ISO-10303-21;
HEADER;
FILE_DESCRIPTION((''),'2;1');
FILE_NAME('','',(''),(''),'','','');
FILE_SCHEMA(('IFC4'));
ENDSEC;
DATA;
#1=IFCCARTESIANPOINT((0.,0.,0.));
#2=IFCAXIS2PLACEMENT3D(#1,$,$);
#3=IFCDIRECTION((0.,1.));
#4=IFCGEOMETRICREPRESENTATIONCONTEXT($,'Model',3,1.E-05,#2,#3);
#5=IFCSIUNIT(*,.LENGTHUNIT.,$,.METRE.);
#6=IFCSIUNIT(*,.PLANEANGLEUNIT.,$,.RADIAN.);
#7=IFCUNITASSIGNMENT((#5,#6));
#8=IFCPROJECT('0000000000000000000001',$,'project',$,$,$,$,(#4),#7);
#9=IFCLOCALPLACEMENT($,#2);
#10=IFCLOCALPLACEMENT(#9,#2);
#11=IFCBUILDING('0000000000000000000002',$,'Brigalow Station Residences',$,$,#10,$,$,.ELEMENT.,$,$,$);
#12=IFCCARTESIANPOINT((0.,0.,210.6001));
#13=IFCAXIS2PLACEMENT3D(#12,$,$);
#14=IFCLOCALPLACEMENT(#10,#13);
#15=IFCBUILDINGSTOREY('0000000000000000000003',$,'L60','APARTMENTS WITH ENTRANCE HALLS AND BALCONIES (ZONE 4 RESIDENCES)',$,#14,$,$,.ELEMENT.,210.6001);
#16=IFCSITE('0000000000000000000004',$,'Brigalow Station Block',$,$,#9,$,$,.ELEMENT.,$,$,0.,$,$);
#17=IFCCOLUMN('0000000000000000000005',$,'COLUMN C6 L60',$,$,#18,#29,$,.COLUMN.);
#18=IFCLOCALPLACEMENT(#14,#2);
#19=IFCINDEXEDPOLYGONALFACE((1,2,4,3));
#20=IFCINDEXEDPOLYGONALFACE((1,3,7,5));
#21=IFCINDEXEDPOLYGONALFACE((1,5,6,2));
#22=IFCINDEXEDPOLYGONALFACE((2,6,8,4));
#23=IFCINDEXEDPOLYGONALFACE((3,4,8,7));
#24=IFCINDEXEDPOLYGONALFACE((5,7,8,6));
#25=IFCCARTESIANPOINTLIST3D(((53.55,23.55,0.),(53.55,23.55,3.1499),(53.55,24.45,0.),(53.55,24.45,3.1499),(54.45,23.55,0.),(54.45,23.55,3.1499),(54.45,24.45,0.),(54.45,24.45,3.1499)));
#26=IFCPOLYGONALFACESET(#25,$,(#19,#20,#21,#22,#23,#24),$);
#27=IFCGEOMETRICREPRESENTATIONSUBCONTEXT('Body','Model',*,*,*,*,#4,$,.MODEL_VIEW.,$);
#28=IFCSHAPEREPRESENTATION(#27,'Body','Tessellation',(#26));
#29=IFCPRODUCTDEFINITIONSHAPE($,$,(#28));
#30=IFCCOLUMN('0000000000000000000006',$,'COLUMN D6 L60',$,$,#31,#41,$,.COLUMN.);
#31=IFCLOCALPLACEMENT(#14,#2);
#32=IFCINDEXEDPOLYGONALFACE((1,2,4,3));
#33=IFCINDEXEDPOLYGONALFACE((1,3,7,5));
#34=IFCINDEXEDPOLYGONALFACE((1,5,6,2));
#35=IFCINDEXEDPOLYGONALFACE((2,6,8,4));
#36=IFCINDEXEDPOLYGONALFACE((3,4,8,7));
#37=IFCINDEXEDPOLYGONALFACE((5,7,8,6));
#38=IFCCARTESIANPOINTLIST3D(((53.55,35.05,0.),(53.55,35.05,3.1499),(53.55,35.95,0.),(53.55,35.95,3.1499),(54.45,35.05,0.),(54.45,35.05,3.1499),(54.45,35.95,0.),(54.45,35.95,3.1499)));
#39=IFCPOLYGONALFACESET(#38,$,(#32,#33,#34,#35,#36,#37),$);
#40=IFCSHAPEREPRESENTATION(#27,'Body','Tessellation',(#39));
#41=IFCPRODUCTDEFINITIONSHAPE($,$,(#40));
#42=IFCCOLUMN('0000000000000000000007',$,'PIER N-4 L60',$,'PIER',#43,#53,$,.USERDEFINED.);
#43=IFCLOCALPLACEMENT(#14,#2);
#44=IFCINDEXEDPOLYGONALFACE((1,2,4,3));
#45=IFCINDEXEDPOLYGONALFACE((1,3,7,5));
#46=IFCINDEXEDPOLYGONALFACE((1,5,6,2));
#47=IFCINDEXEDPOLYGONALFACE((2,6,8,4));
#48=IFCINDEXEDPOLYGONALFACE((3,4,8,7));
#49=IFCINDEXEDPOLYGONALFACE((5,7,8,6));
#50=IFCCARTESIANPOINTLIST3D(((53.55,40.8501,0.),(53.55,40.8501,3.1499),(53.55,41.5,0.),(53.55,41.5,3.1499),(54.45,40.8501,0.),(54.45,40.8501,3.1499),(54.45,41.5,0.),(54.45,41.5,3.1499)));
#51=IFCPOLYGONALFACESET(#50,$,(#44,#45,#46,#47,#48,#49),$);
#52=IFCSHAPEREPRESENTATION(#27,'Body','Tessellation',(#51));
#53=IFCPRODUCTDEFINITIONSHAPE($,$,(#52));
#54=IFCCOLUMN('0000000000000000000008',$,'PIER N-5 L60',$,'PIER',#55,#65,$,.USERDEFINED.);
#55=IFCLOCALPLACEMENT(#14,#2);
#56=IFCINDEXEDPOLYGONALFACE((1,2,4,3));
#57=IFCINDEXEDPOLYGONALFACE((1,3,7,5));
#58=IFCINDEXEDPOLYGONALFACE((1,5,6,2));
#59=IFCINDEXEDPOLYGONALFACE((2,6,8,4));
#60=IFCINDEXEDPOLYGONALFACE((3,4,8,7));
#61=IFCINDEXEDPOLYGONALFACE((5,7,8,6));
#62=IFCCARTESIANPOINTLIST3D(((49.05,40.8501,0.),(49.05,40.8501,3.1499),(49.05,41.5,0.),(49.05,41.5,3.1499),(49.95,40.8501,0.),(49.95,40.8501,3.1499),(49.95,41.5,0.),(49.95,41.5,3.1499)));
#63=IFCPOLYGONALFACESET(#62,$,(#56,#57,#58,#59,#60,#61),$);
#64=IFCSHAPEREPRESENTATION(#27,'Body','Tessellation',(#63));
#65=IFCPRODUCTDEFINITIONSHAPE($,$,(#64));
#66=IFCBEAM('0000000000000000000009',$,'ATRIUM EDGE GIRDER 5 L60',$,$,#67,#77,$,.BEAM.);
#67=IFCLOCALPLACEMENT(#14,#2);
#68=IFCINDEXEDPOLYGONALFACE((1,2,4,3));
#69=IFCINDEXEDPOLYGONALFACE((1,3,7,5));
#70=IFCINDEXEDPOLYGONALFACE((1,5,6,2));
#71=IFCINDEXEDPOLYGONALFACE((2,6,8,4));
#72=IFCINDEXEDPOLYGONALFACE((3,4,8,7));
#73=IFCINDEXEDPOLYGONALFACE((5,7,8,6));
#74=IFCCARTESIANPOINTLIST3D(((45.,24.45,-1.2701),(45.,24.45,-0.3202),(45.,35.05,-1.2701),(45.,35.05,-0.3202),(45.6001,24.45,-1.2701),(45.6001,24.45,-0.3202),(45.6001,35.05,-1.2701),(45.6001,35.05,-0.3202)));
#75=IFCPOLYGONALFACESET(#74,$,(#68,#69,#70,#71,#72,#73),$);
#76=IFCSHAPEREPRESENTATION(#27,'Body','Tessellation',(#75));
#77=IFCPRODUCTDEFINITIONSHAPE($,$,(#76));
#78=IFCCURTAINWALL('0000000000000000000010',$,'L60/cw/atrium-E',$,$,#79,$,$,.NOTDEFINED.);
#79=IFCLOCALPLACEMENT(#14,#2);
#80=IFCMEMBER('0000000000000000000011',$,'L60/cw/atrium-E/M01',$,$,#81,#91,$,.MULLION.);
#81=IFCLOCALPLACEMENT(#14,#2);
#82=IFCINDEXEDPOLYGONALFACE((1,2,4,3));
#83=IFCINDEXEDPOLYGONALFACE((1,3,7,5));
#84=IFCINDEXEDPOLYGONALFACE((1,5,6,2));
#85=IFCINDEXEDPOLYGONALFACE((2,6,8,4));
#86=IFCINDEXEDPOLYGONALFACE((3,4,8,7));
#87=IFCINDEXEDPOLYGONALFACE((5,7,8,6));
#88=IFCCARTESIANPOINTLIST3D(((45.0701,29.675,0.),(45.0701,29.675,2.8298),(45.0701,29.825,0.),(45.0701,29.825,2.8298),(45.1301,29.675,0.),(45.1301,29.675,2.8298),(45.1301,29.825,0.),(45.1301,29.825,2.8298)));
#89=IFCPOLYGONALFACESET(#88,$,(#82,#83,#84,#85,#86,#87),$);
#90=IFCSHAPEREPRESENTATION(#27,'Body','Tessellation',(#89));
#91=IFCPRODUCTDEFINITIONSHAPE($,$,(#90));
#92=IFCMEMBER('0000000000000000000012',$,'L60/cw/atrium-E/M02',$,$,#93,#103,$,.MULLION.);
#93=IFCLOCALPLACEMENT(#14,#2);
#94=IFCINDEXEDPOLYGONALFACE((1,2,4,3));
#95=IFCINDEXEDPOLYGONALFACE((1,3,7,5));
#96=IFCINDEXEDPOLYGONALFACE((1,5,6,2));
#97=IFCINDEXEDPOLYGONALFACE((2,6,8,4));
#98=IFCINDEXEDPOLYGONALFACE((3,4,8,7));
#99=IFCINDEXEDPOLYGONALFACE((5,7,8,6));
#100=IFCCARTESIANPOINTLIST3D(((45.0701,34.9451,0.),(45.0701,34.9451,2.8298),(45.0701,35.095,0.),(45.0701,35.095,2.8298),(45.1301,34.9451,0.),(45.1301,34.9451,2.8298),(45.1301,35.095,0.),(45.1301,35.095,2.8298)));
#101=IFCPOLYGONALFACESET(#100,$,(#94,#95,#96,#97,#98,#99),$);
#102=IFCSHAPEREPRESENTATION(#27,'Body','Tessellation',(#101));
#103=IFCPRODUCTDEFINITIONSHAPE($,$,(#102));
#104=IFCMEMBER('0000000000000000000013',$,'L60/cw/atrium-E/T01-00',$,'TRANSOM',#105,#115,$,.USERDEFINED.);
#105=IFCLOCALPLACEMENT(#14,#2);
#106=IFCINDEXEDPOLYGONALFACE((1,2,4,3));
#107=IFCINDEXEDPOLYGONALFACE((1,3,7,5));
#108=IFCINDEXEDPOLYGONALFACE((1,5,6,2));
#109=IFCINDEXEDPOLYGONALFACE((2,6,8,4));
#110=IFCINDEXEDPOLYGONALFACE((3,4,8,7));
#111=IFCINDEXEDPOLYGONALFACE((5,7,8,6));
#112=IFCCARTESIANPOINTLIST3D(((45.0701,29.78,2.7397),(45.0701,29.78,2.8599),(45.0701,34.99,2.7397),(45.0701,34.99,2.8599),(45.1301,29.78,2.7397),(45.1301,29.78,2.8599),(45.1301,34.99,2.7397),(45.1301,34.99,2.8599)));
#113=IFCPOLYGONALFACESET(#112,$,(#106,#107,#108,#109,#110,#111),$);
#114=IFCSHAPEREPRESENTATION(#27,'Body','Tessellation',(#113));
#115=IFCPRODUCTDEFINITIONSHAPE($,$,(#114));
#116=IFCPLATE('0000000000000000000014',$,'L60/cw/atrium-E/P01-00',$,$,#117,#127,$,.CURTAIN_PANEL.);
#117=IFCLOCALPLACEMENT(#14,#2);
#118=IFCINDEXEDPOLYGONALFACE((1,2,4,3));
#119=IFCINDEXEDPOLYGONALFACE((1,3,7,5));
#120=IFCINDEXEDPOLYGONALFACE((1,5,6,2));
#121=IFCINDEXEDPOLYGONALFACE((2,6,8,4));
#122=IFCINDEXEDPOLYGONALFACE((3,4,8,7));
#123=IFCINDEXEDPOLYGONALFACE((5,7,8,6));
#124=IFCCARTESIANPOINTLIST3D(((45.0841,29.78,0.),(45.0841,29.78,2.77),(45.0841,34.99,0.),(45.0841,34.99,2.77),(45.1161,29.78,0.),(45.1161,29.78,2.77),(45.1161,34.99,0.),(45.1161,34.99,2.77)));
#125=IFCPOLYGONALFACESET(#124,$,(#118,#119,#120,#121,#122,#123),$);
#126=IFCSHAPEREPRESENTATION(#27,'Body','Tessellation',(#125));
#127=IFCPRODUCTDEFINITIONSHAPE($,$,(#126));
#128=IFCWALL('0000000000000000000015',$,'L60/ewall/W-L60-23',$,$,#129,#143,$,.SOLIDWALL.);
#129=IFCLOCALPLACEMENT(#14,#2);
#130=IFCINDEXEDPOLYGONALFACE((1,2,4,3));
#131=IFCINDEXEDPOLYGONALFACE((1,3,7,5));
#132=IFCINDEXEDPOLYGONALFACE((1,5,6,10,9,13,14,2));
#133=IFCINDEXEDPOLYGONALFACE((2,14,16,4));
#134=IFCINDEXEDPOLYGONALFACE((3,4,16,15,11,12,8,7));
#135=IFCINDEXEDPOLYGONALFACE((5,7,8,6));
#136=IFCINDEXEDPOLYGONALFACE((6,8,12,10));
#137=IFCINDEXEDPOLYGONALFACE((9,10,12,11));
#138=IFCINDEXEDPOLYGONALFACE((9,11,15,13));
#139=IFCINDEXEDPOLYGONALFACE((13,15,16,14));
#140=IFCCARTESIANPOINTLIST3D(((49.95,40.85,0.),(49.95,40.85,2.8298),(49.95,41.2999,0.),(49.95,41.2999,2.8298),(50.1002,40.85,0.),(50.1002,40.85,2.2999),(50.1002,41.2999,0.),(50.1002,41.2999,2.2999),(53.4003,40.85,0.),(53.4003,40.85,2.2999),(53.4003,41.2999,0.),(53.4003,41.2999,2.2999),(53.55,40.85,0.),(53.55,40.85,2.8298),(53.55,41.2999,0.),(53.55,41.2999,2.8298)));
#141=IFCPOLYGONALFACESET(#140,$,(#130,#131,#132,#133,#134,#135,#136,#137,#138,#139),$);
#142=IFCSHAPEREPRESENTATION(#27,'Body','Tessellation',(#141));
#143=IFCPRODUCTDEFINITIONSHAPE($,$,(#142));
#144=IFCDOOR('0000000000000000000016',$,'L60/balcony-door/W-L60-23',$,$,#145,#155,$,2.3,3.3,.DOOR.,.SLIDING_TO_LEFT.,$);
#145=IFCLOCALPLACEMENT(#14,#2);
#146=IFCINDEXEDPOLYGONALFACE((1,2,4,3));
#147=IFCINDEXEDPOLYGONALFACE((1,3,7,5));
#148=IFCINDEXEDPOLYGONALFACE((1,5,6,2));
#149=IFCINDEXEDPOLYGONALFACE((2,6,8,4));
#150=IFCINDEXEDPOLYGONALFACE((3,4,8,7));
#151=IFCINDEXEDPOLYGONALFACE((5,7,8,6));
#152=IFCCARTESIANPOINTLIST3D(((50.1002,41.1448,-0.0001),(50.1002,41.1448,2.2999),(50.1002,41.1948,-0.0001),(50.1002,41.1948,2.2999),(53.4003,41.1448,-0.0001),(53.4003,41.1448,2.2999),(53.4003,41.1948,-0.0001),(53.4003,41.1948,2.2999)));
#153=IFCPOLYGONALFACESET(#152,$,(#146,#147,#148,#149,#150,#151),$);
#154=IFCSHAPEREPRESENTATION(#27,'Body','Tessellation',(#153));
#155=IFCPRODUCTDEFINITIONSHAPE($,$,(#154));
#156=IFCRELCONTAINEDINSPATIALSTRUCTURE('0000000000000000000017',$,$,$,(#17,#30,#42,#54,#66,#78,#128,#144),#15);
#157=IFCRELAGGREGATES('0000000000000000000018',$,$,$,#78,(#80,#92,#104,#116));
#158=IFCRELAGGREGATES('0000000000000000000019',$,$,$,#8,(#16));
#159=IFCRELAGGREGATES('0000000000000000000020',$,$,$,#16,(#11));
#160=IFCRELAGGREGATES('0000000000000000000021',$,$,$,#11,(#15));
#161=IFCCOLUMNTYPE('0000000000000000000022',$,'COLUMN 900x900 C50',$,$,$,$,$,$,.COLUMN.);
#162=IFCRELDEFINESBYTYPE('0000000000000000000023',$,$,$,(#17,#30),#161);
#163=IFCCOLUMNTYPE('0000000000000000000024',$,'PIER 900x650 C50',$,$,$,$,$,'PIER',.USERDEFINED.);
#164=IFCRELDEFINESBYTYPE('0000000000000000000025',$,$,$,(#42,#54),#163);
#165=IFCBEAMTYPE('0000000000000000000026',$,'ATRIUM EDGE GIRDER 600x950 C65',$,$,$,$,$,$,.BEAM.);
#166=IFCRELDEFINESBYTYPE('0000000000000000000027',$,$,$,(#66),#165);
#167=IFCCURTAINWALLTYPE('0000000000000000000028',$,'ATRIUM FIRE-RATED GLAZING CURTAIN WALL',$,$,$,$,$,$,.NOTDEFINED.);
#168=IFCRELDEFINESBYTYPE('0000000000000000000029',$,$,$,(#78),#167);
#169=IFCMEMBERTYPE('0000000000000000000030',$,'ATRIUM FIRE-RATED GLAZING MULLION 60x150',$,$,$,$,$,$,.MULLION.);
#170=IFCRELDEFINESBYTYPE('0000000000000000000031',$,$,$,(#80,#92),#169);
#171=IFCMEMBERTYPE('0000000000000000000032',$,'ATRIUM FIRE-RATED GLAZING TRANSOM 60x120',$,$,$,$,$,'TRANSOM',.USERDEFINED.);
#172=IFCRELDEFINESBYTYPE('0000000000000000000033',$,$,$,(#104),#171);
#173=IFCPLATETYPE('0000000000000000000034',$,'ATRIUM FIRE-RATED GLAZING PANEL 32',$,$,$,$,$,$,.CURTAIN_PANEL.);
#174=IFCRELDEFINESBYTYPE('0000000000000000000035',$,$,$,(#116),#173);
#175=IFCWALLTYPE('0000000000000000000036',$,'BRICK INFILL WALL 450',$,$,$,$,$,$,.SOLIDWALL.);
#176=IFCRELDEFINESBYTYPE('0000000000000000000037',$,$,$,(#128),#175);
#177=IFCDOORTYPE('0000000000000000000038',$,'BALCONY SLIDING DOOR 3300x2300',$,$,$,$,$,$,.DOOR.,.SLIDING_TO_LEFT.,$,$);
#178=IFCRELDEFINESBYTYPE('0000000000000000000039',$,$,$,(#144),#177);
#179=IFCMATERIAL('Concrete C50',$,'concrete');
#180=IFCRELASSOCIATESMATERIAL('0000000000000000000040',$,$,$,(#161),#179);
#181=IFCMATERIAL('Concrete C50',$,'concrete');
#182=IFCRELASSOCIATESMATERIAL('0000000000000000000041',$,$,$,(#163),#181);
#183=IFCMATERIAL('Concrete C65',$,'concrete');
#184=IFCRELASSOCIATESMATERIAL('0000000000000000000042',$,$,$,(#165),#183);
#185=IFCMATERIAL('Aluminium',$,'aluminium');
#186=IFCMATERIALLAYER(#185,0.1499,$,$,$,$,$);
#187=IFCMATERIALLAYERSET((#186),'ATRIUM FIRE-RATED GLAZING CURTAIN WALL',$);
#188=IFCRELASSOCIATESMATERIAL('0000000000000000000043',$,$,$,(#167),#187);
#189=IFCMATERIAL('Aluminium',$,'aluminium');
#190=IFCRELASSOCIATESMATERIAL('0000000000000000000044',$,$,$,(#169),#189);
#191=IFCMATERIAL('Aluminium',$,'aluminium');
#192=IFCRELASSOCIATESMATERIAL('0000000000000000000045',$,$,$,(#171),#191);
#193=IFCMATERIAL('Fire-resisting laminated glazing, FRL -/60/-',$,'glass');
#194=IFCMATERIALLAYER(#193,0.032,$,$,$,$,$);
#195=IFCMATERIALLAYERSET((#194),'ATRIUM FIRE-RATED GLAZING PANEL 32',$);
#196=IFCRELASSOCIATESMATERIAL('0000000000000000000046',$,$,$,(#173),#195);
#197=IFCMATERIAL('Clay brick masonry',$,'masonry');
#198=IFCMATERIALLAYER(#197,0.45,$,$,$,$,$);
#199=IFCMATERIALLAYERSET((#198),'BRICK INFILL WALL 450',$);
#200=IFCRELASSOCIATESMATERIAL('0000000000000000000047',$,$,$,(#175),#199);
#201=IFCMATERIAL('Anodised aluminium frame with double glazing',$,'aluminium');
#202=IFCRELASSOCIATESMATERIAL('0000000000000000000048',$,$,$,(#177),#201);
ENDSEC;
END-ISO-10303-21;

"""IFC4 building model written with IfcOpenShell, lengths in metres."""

from ifc_helpers import new_model, si_unit, direction, frame, frame_2d, origin, origin_2d, place, context, subcontext, project, spatial, rectangle, extrude, material, layer, layer_set, material_profile, profile_set, type_object, element, fill, aggregate, save


model = new_model("IFC4")

# Units and contexts
model_context = context("Model", 3, precision=1e-05, world=origin(), true_north=direction((0.0, 1.0)))
body_context = subcontext(model_context, "Body", "Model", "MODEL_VIEW")
ifc_project = project(units=[si_unit("LENGTHUNIT", "METRE"), si_unit("PLANEANGLEUNIT", "RADIAN")], contexts=[model_context])

# Site, building, storey
site_placement = place(None, origin())
site = spatial("IfcSite", under=ifc_project, at=site_placement, Name="Brigalow Station Block", CompositionType="ELEMENT", RefElevation=0.0)
building_placement = place(site_placement, origin())
building = spatial("IfcBuilding", under=site, at=building_placement, Name="Brigalow Station Residences", CompositionType="ELEMENT")
storey_placement = place(building_placement, frame((0.0, 0.0, 210.6001)))
storey = spatial("IfcBuildingStorey", under=building, at=storey_placement, Name="L60", Description="APARTMENTS WITH ENTRANCE HALLS AND BALCONIES (ZONE 4 RESIDENCES)", CompositionType="ELEMENT", Elevation=210.6001)

# Columns
ifc_material_1 = material(Name="Concrete C50", Category="concrete")
ifc_material_profile_1 = material_profile(ifc_material_1, rectangle(XDim=0.8999, YDim=0.8999, at=origin_2d()), Name="RC900x900")
ifc_profile_set_1 = profile_set([ifc_material_profile_1], Name="Concrete C50")
column_type_1 = type_object("IfcColumnType", Name="COLUMN 900x900 C50", PredefinedType="COLUMN", material=ifc_profile_set_1)
for number, where, z_axis, x_axis, name in (
    (1, (54.0, 24.0, 0.0), (0.0, 0.0, 1.0), (1.0, 0.0, 0.0), "COLUMN C6 L60"),
    (2, (54.0, 35.5, 0.0), (0.0, 0.0, 1.0), (1.0, 0.0, 0.0), "COLUMN D6 L60"),
):
    element("IfcColumn", number, at=place(storey_placement, frame(where, z_axis=z_axis, x_axis=x_axis)), inside=storey, type_object=column_type_1, Name=name, PredefinedType="COLUMN", context=body_context, shape_type="SweptSolid", body=[
        extrude(rectangle(XDim=0.8999, YDim=0.8999, at=origin_2d()), origin(), (0.0, 0.0, 1.0), 3.1499),
    ])
ifc_material_2 = material(Name="Concrete C50", Category="concrete")
ifc_material_profile_2 = material_profile(ifc_material_2, rectangle(XDim=0.8999, YDim=0.6499, at=origin_2d()), Name="RC900x650")
ifc_profile_set_2 = profile_set([ifc_material_profile_2], Name="Concrete C50")
column_type_2 = type_object("IfcColumnType", Name="PIER 900x650 C50", ElementType="PIER", PredefinedType="USERDEFINED", material=ifc_profile_set_2)
for number, where, z_axis, x_axis, name in (
    (3, (54.0, 41.175, 0.0), (0.0, 0.0, 1.0), (-1.0, 0.0, 0.0), "PIER N-4 L60"),
    (4, (49.5, 41.175, 0.0), (0.0, 0.0, 1.0), (-1.0, 0.0, 0.0), "PIER N-5 L60"),
):
    element("IfcColumn", number, at=place(storey_placement, frame(where, z_axis=z_axis, x_axis=x_axis)), inside=storey, type_object=column_type_2, Name=name, ObjectType="PIER", PredefinedType="USERDEFINED", context=body_context, shape_type="SweptSolid", body=[
        extrude(rectangle(XDim=0.8999, YDim=0.6499, at=origin_2d()), origin(), (0.0, 0.0, 1.0), 3.1499),
    ])

# Beam
ifc_material_3 = material(Name="Concrete C65", Category="concrete")
ifc_material_profile_3 = material_profile(ifc_material_3, rectangle(XDim=0.6001, YDim=0.95, at=origin_2d()), Name="RC600x950")
ifc_profile_set_3 = profile_set([ifc_material_profile_3], Name="Concrete C65")
beam_type = type_object("IfcBeamType", Name="ATRIUM EDGE GIRDER 600x950 C65", PredefinedType="BEAM", material=ifc_profile_set_3)
beam_placement = place(storey_placement, frame((45.3, 24.45, -0.7952), z_axis=(0.0, 1.0, 0.0), x_axis=(-1.0, 0.0, 0.0)))
element("IfcBeam", 5, at=beam_placement, inside=storey, type_object=beam_type, Name="ATRIUM EDGE GIRDER 5 L60", PredefinedType="BEAM", context=body_context, shape_type="SweptSolid", body=[
    extrude(rectangle(XDim=0.6001, YDim=0.95, at=origin_2d()), origin(), (0.0, 0.0, 1.0), 10.6001),
])

# Curtain wall, members, plate
ifc_material_4 = material(Name="Aluminium", Category="aluminium")
ifc_layer_1 = layer(ifc_material_4, 0.1499)
ifc_layer_set_1 = layer_set([ifc_layer_1], Name="ATRIUM FIRE-RATED GLAZING CURTAIN WALL")
curtain_wall_type = type_object("IfcCurtainWallType", Name="ATRIUM FIRE-RATED GLAZING CURTAIN WALL", PredefinedType="NOTDEFINED", material=ifc_layer_set_1)
curtain_wall_placement = place(storey_placement, origin())
curtain_wall = element("IfcCurtainWall", 6, at=curtain_wall_placement, inside=storey, type_object=curtain_wall_type, Name="L60/cw/atrium-E", PredefinedType="NOTDEFINED")
ifc_material_5 = material(Name="Aluminium", Category="aluminium")
ifc_material_profile_4 = material_profile(ifc_material_5, rectangle(XDim=0.0601, YDim=0.1499, at=origin_2d()), Name="ATRIUM FIRE-RATED GLAZING MULLION 60x150")
ifc_profile_set_4 = profile_set([ifc_material_profile_4], Name="Aluminium")
member_type_1 = type_object("IfcMemberType", Name="ATRIUM FIRE-RATED GLAZING MULLION 60x150", PredefinedType="MULLION", material=ifc_profile_set_4)
member_1_placement = place(storey_placement, frame((45.1001, 29.75, 0.0), z_axis=(0.0, 0.0, 1.0), x_axis=(-1.0, 0.0, 0.0)))
member_1 = element("IfcMember", 7, at=member_1_placement, type_object=member_type_1, Name="L60/cw/atrium-E/M01", PredefinedType="MULLION", context=body_context, shape_type="SweptSolid", body=[
    extrude(rectangle(XDim=0.0601, YDim=0.1499, at=origin_2d()), origin(), (0.0, 0.0, 1.0), 2.8298),
])
member_2_placement = place(storey_placement, frame((45.1001, 35.02, 0.0), z_axis=(0.0, 0.0, 1.0), x_axis=(-1.0, 0.0, 0.0)))
member_2 = element("IfcMember", 8, at=member_2_placement, type_object=member_type_1, Name="L60/cw/atrium-E/M02", PredefinedType="MULLION", context=body_context, shape_type="SweptSolid", body=[
    extrude(rectangle(XDim=0.0601, YDim=0.1499, at=origin_2d()), origin(), (0.0, 0.0, 1.0), 2.8298),
])
ifc_material_6 = material(Name="Aluminium", Category="aluminium")
ifc_material_profile_5 = material_profile(ifc_material_6, rectangle(XDim=0.0601, YDim=0.1201, at=origin_2d()), Name="ATRIUM FIRE-RATED GLAZING TRANSOM 60x120")
ifc_profile_set_5 = profile_set([ifc_material_profile_5], Name="Aluminium")
member_type_2 = type_object("IfcMemberType", Name="ATRIUM FIRE-RATED GLAZING TRANSOM 60x120", ElementType="TRANSOM", PredefinedType="USERDEFINED", material=ifc_profile_set_5)
member_3_placement = place(storey_placement, frame((45.1001, 29.78, 2.7998), z_axis=(0.0, 1.0, 0.0), x_axis=(-1.0, 0.0, 0.0)))
member_3 = element("IfcMember", 9, at=member_3_placement, type_object=member_type_2, Name="L60/cw/atrium-E/T01-00", ObjectType="TRANSOM", PredefinedType="USERDEFINED", context=body_context, shape_type="SweptSolid", body=[
    extrude(rectangle(XDim=0.0601, YDim=0.1201, at=origin_2d()), origin(), (0.0, 0.0, 1.0), 5.21),
])
ifc_material_7 = material(Name="Fire-resisting laminated glazing, FRL -/60/-", Category="glass")
ifc_layer_2 = layer(ifc_material_7, 0.032)
ifc_layer_set_2 = layer_set([ifc_layer_2], Name="ATRIUM FIRE-RATED GLAZING PANEL 32")
plate_type = type_object("IfcPlateType", Name="ATRIUM FIRE-RATED GLAZING PANEL 32", PredefinedType="CURTAIN_PANEL", material=ifc_layer_set_2)
plate_placement = place(storey_placement, frame((45.1001, 32.385, 0.0), z_axis=(0.0, 0.0, 1.0), x_axis=(0.0, 1.0, 0.0)))
plate = element("IfcPlate", 10, at=plate_placement, type_object=plate_type, Name="L60/cw/atrium-E/P01-00", PredefinedType="CURTAIN_PANEL", context=body_context, shape_type="SweptSolid", body=[
    extrude(rectangle(XDim=5.21, YDim=0.032, at=origin_2d()), origin(), (0.0, 0.0, 1.0), 2.77),
])
aggregate(curtain_wall, [member_1, member_2, member_3, plate])

# Wall, opening, door
ifc_material_8 = material(Name="Clay brick masonry", Category="masonry")
ifc_layer_3 = layer(ifc_material_8, 0.45)
ifc_layer_set_3 = layer_set([ifc_layer_3], Name="BRICK INFILL WALL 450")
wall_type_1 = type_object("IfcWallType", Name="BRICK INFILL WALL 450", PredefinedType="SOLIDWALL", material=ifc_layer_set_3)
wall_1_placement = place(storey_placement, frame((53.55, 41.075, 0.0), z_axis=(0.0, 0.0, 1.0), x_axis=(-1.0, 0.0, 0.0)))
wall_1 = element("IfcWall", 11, at=wall_1_placement, inside=storey, type_object=wall_type_1, Name="L60/ewall/W-L60-23", PredefinedType="SOLIDWALL", context=body_context, shape_type="SweptSolid", body=[
    extrude(rectangle(XDim=3.6001, YDim=0.45, at=frame_2d((1.8, 0.0))), origin(), (0.0, 0.0, 1.0), 2.8298),
])
opening_1_placement = place(wall_1_placement, frame((0.1499, 0.0, 0.0)))
opening_1 = element("IfcOpeningElement", 12, at=opening_1_placement, cuts=wall_1, PredefinedType="OPENING", context=body_context, shape_type="SweptSolid", body=[
    extrude(rectangle(XDim=3.3, YDim=2.3, at=frame_2d((1.6499, 1.1499))), frame((0.0, 0.2349, 0.0), z_axis=(0.0, -1.0, 0.0), x_axis=(1.0, 0.0, 0.0)), (0.0, 0.0, 1.0), 0.47),
])
ifc_material_9 = material(Name="Anodised aluminium frame with double glazing", Category="aluminium")
door_type_1 = type_object("IfcDoorType", Name="BALCONY SLIDING DOOR 3300x2300", OperationType="SLIDING_TO_LEFT", PredefinedType="DOOR", material=ifc_material_9)
door_1_placement = place(opening_1_placement, origin())
door_1 = element("IfcDoor", 13, at=door_1_placement, inside=storey, type_object=door_type_1, Name="L60/balcony-door/W-L60-23", OperationType="SLIDING_TO_LEFT", OverallHeight=2.3, OverallWidth=3.3, PredefinedType="DOOR", context=body_context, shape_type="SweptSolid", body=[
    extrude(rectangle(XDim=3.3, YDim=2.3, at=frame_2d((1.6499, 1.1499))), frame((0.0, -0.0698, 0.0), z_axis=(0.0, -1.0, 0.0), x_axis=(1.0, 0.0, 0.0)), (0.0, 0.0, 1.0), 0.05),
])
fill(opening_1, door_1)

save(model, "model.ifc")
